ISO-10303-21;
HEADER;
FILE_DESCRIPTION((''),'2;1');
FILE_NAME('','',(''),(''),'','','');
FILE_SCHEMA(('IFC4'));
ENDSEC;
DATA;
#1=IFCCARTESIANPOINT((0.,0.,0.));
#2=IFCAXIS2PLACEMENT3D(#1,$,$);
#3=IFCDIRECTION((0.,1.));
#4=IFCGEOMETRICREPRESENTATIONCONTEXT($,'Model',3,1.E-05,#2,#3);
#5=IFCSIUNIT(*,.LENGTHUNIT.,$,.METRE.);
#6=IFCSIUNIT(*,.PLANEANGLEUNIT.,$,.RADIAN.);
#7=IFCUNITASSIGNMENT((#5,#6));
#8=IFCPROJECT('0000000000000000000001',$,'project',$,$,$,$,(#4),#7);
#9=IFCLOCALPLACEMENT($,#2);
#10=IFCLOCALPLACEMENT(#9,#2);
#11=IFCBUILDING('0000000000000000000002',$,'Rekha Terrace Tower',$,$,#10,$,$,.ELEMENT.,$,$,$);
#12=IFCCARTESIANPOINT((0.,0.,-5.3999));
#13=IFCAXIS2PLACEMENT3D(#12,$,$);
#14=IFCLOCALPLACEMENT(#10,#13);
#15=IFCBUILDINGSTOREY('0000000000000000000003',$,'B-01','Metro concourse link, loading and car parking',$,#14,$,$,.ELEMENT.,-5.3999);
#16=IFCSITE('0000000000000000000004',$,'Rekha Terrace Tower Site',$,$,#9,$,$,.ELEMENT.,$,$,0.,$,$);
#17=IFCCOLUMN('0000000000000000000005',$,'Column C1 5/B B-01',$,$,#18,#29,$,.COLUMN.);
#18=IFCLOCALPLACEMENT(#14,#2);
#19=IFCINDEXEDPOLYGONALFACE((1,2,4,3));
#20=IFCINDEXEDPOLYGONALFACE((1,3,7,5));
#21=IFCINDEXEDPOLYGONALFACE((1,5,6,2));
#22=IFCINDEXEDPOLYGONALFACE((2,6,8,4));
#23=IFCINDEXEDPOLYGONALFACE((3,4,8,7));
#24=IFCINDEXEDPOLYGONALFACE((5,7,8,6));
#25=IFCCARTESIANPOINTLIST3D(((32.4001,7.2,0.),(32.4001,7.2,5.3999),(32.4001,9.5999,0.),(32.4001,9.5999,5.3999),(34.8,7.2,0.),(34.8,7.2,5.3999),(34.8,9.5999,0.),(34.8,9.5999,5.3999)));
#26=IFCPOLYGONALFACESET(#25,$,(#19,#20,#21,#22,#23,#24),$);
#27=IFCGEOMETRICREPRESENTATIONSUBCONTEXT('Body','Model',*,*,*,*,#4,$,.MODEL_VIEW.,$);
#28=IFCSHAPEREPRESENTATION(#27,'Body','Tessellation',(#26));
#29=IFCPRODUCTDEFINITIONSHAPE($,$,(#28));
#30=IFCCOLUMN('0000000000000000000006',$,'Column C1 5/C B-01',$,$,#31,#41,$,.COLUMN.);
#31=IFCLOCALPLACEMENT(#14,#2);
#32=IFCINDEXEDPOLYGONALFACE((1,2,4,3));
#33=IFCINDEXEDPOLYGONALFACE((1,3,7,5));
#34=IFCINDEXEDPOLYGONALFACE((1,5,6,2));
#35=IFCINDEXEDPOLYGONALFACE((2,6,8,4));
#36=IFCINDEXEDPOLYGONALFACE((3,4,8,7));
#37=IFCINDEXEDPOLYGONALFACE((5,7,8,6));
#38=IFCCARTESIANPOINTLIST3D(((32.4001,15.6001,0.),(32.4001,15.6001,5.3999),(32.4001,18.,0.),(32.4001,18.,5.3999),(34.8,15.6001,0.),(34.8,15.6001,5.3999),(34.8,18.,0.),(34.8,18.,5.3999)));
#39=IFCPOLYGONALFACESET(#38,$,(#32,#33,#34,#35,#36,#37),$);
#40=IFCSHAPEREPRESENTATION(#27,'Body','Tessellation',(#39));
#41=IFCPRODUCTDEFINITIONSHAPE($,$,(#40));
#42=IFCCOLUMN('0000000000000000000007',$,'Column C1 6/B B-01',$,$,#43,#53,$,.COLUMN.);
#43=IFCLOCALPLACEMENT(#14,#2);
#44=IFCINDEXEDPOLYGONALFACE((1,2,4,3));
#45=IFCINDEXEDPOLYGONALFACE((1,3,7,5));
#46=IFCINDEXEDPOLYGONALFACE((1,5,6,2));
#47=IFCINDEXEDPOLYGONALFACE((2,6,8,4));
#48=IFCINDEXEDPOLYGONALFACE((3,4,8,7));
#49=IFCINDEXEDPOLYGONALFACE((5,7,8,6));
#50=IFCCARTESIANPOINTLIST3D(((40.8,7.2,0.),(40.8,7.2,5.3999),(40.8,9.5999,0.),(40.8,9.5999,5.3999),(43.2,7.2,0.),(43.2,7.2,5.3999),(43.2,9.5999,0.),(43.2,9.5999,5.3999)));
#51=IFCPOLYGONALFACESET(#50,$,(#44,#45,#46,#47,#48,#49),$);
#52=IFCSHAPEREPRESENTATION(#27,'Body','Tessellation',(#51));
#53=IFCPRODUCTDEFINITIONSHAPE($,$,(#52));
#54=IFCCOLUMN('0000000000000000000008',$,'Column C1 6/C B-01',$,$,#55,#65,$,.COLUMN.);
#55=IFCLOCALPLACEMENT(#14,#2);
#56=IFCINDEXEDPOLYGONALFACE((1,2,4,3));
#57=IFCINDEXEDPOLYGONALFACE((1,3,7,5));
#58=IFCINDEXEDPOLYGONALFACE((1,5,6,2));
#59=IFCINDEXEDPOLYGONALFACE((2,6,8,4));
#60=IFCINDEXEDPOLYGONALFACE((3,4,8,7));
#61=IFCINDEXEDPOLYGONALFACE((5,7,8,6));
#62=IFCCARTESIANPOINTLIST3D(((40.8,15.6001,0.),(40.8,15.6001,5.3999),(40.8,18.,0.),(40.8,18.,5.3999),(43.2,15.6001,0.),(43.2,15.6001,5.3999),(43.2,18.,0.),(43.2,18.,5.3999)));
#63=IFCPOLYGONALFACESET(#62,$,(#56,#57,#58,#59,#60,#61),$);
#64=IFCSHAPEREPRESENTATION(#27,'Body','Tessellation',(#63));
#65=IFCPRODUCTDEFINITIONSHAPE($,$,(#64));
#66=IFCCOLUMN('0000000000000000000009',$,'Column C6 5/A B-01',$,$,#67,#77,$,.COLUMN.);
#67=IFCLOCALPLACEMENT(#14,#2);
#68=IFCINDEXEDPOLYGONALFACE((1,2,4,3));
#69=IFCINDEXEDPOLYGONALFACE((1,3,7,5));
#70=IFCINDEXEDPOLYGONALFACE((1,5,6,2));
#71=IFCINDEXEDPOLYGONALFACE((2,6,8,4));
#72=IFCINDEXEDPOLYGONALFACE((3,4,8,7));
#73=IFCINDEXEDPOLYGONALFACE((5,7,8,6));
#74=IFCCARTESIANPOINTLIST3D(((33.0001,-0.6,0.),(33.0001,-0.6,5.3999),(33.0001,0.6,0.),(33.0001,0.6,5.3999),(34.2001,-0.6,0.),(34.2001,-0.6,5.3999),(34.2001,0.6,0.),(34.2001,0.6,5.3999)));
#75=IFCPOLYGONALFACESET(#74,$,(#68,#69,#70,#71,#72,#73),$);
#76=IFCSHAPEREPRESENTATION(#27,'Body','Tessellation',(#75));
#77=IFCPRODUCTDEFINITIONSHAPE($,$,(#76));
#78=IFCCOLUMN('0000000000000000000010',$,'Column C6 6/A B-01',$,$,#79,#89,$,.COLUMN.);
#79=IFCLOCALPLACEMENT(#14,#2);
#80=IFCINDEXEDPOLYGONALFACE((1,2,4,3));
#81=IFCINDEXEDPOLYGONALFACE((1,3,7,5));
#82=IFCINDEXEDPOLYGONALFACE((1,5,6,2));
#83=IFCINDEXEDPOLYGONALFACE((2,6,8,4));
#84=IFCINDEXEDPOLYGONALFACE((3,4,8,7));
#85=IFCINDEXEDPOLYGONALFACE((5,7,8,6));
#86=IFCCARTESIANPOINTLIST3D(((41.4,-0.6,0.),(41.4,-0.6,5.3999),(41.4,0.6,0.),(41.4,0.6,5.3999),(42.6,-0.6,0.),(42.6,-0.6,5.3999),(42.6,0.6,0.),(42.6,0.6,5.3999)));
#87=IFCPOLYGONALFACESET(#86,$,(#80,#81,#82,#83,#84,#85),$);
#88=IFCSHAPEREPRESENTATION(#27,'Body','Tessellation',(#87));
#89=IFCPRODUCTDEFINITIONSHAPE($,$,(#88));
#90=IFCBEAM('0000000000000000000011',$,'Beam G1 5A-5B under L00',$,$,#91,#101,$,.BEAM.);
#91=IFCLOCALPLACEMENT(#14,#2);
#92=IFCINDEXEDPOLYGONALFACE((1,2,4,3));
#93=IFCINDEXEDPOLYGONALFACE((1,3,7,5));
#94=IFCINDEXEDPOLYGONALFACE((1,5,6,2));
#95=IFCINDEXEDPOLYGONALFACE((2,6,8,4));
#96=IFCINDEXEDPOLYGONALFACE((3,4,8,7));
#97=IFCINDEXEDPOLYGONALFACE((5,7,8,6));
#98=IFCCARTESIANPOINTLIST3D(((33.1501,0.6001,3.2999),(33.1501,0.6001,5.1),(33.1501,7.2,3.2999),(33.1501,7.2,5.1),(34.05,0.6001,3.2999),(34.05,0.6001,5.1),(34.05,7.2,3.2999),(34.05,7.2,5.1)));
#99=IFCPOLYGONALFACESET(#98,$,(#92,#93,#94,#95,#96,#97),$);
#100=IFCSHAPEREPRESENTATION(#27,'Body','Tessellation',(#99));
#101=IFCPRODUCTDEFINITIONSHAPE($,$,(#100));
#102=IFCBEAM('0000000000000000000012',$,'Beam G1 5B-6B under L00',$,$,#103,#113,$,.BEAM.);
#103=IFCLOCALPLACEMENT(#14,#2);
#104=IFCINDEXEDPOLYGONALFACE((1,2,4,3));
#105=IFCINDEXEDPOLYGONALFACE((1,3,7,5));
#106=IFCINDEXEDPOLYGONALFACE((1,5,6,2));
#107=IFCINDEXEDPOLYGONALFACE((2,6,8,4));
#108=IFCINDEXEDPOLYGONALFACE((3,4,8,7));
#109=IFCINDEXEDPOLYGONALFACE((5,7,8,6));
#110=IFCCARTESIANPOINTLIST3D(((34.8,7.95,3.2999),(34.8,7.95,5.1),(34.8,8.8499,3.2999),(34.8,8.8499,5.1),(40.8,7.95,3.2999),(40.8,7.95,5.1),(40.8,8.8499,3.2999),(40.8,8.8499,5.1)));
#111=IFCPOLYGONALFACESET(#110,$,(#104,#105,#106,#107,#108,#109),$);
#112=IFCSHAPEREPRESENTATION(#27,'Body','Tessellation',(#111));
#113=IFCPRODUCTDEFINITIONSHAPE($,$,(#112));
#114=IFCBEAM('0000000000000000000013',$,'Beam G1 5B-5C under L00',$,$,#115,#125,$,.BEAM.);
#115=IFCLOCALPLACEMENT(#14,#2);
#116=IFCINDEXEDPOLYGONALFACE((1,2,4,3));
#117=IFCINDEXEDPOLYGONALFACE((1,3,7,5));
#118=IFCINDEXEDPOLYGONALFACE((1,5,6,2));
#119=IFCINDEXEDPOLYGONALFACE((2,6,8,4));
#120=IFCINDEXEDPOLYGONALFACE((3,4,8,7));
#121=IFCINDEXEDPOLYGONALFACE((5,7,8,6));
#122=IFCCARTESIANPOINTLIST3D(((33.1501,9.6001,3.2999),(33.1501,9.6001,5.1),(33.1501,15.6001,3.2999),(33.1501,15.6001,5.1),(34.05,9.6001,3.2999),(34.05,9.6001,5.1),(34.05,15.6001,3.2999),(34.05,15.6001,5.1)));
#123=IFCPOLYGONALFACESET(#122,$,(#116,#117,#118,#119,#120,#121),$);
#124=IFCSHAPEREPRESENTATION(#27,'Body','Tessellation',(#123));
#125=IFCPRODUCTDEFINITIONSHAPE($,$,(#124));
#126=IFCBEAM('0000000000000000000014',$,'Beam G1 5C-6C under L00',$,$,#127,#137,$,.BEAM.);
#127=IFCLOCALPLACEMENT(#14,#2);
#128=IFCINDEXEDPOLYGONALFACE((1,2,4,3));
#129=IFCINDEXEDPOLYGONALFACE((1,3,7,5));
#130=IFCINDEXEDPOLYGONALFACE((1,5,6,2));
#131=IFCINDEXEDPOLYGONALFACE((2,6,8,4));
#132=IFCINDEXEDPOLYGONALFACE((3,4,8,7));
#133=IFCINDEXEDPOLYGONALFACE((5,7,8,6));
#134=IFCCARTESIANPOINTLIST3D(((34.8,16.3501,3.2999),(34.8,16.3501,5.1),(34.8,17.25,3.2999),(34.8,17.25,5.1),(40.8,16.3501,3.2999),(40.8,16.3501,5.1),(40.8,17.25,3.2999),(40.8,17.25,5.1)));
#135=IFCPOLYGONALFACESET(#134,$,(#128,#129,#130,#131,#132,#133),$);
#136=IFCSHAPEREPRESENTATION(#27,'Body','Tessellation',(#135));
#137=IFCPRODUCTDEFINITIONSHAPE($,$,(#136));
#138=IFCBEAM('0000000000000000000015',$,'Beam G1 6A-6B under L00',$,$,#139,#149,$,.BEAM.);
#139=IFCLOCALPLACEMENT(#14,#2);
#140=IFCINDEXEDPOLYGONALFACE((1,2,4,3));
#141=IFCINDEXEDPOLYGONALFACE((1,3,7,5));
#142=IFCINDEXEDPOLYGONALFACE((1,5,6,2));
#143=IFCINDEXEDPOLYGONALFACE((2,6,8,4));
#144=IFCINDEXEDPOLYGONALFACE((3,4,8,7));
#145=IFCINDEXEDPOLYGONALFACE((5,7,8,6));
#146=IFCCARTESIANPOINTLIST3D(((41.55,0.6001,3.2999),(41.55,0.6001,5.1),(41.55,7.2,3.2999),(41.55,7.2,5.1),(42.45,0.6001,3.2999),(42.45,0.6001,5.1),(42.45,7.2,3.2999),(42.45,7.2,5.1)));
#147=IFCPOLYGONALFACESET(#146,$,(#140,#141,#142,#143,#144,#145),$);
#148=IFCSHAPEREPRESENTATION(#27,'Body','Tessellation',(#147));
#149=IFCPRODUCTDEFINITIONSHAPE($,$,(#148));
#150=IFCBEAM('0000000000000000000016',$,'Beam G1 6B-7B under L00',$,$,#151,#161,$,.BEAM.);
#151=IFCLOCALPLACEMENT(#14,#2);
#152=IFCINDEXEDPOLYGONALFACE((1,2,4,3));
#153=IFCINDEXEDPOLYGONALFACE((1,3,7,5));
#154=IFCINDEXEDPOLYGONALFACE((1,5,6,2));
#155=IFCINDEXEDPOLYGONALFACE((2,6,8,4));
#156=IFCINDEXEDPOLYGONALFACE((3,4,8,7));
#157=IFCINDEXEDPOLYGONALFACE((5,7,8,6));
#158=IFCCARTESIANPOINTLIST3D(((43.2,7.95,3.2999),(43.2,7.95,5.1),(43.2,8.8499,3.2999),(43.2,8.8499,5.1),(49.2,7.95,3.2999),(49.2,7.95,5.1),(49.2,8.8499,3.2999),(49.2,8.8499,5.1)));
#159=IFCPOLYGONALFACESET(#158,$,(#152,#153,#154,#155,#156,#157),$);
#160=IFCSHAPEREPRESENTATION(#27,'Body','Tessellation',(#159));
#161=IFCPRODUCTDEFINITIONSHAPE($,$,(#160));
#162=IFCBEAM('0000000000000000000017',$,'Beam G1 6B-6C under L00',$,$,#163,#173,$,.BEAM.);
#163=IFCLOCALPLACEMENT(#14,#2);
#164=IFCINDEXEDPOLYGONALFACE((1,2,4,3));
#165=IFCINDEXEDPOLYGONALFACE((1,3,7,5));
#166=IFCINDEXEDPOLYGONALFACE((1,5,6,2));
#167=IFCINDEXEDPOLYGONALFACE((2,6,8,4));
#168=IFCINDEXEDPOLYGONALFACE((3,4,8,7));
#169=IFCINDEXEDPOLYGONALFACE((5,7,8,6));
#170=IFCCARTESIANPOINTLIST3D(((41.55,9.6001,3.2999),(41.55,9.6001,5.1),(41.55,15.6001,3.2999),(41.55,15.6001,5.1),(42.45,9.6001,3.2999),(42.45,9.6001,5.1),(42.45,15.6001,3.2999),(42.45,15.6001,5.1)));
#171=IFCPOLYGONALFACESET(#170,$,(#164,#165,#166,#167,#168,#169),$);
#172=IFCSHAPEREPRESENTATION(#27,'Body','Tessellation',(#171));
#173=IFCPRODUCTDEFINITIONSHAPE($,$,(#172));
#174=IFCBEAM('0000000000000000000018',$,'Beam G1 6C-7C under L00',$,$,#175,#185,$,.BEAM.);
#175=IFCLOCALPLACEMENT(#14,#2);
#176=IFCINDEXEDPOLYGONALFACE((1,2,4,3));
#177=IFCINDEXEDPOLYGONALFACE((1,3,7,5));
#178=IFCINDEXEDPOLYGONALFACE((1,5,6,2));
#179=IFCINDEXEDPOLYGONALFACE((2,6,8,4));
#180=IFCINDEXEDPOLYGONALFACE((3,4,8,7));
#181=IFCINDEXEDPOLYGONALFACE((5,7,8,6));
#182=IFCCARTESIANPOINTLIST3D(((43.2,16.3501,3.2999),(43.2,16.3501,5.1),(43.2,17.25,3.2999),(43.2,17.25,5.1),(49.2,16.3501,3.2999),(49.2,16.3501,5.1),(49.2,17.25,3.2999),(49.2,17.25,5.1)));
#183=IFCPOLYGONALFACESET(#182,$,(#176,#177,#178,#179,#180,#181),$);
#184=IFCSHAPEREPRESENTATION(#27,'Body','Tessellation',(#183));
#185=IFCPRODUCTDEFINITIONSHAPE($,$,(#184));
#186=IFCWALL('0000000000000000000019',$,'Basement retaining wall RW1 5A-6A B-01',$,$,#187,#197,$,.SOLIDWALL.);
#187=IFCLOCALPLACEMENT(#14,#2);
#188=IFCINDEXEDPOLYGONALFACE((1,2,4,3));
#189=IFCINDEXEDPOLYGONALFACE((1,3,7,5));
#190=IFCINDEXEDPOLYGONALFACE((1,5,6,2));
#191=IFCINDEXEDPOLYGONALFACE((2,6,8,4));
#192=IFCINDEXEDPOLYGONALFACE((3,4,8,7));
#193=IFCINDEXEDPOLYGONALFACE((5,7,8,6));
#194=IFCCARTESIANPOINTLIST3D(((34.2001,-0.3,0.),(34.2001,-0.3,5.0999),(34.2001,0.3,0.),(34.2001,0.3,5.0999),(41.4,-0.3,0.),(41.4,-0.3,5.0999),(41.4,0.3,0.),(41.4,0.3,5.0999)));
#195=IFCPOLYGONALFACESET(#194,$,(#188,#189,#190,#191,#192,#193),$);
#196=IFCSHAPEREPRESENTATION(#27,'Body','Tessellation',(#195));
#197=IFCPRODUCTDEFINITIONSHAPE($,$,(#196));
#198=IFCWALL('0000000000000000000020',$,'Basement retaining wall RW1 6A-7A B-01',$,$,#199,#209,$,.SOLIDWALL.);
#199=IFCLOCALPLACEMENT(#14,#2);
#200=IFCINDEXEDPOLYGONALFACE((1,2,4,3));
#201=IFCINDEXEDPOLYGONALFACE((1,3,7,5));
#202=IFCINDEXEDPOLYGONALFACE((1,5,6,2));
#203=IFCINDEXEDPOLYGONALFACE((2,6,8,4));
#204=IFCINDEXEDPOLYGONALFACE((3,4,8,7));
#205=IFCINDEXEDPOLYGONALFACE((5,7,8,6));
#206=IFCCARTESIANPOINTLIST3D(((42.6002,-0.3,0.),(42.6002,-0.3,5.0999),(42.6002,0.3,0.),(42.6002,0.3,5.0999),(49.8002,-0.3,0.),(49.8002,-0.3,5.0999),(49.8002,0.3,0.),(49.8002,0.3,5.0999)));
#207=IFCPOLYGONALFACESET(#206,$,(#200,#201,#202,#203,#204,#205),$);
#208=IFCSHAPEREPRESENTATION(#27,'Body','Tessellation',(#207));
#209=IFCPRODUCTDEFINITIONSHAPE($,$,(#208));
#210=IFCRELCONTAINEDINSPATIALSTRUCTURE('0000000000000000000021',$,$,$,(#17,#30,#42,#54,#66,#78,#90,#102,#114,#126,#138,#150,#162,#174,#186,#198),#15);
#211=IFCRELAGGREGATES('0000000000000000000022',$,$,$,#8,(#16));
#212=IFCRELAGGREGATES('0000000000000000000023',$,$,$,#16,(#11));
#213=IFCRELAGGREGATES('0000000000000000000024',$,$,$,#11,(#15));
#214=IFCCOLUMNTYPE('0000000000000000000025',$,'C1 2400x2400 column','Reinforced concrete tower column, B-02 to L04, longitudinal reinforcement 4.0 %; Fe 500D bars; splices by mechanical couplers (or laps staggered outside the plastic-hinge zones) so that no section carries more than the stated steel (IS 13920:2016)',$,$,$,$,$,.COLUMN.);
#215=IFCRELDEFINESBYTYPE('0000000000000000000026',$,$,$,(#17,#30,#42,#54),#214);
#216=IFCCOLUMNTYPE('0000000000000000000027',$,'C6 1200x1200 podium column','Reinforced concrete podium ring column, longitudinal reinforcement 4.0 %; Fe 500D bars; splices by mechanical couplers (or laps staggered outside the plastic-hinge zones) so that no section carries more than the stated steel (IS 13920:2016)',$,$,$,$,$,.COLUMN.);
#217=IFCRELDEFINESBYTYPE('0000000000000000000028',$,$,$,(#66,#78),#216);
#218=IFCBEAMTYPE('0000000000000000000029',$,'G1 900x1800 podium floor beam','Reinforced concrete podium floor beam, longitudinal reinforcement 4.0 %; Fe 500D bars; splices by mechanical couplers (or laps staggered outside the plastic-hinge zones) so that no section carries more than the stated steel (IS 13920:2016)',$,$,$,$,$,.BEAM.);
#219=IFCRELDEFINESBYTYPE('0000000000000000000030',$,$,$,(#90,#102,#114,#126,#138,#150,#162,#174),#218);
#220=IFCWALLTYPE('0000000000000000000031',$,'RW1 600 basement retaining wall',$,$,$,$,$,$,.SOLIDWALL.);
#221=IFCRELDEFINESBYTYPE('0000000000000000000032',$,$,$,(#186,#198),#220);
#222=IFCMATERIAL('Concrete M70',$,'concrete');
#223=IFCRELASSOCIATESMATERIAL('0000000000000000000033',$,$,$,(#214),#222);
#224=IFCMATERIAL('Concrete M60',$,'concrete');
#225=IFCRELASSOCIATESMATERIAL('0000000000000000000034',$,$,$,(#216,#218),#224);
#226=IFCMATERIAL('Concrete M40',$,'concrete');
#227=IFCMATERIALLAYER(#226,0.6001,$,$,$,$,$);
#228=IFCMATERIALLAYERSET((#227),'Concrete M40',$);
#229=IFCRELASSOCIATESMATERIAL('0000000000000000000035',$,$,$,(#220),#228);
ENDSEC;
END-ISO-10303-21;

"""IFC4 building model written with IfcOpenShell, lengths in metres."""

from ifc_helpers import new_model, si_unit, direction, frame, frame_2d, origin, origin_2d, place, context, subcontext, project, spatial, rectangle, extrude, material, layer, layer_set, material_profile, profile_set, type_object, element, save


model = new_model("IFC4")

# Units and contexts
model_context = context("Model", 3, precision=1e-05, world=origin(), true_north=direction((0.0, 1.0)))
body_context = subcontext(model_context, "Body", "Model", "MODEL_VIEW")
ifc_project = project(units=[si_unit("LENGTHUNIT", "METRE"), si_unit("PLANEANGLEUNIT", "RADIAN")], contexts=[model_context])

# Site, building, storey
site_placement = place(None, origin())
site = spatial("IfcSite", under=ifc_project, at=site_placement, Name="Rekha Terrace Tower Site", CompositionType="ELEMENT", RefElevation=0.0)
building_placement = place(site_placement, origin())
building = spatial("IfcBuilding", under=site, at=building_placement, Name="Rekha Terrace Tower", CompositionType="ELEMENT")
storey_placement = place(building_placement, frame((0.0, 0.0, -5.3999)))
storey = spatial("IfcBuildingStorey", under=building, at=storey_placement, Name="B-01", Description="Metro concourse link, loading and car parking", CompositionType="ELEMENT", Elevation=-5.3999)

# Columns
ifc_material_1 = material(Name="Concrete M70", Category="concrete")
ifc_material_profile_1 = material_profile(ifc_material_1, rectangle(XDim=2.3999, YDim=2.3999, at=origin_2d()), Name="RC 2400x2400")
ifc_profile_set_1 = profile_set([ifc_material_profile_1], Name="Concrete M70")
column_type_1 = type_object("IfcColumnType", Name="C1 2400x2400 column", Description="Reinforced concrete tower column, B-02 to L04, longitudinal reinforcement 4.0 %; Fe 500D bars; splices by mechanical couplers (or laps staggered outside the plastic-hinge zones) so that no section carries more than the stated steel (IS 13920:2016)", PredefinedType="COLUMN", material=ifc_profile_set_1)
for number, where, z_axis, x_axis, name in (
    (1, (33.6001, 8.3999, 0.0), (0.0, 0.0, 1.0), (1.0, 0.0, 0.0), "Column C1 5/B B-01"),
    (2, (33.6001, 16.8, 0.0), (0.0, 0.0, 1.0), (1.0, 0.0, 0.0), "Column C1 5/C B-01"),
    (3, (42.0, 8.3999, 0.0), (0.0, 0.0, 1.0), (1.0, 0.0, 0.0), "Column C1 6/B B-01"),
    (4, (42.0, 16.8, 0.0), (0.0, 0.0, 1.0), (1.0, 0.0, 0.0), "Column C1 6/C B-01"),
):
    element("IfcColumn", number, at=place(storey_placement, frame(where, z_axis=z_axis, x_axis=x_axis)), inside=storey, type_object=column_type_1, Name=name, PredefinedType="COLUMN", context=body_context, shape_type="SweptSolid", body=[
        extrude(rectangle(XDim=2.3999, YDim=2.3999, at=origin_2d()), origin(), (0.0, 0.0, 1.0), 5.3999),
    ])
ifc_material_2 = material(Name="Concrete M60", Category="concrete")
ifc_material_profile_2 = material_profile(ifc_material_2, rectangle(XDim=1.2, YDim=1.2, at=origin_2d()), Name="RC 1200x1200")
ifc_profile_set_2 = profile_set([ifc_material_profile_2], Name="Concrete M60")
column_type_2 = type_object("IfcColumnType", Name="C6 1200x1200 podium column", Description="Reinforced concrete podium ring column, longitudinal reinforcement 4.0 %; Fe 500D bars; splices by mechanical couplers (or laps staggered outside the plastic-hinge zones) so that no section carries more than the stated steel (IS 13920:2016)", PredefinedType="COLUMN", material=ifc_profile_set_2)
for number, where, z_axis, x_axis, name in (
    (5, (33.6001, 0.0, 0.0), (0.0, 0.0, 1.0), (1.0, 0.0, 0.0), "Column C6 5/A B-01"),
    (6, (42.0, 0.0, 0.0), (0.0, 0.0, 1.0), (1.0, 0.0, 0.0), "Column C6 6/A B-01"),
):
    element("IfcColumn", number, at=place(storey_placement, frame(where, z_axis=z_axis, x_axis=x_axis)), inside=storey, type_object=column_type_2, Name=name, PredefinedType="COLUMN", context=body_context, shape_type="SweptSolid", body=[
        extrude(rectangle(XDim=1.2, YDim=1.2, at=origin_2d()), origin(), (0.0, 0.0, 1.0), 5.3999),
    ])

# Beams
ifc_material_profile_3 = material_profile(ifc_material_2, rectangle(XDim=0.8999, YDim=1.8, at=origin_2d()), Name="RC 900x1800")
ifc_profile_set_3 = profile_set([ifc_material_profile_3], Name="Concrete M60")
beam_type = type_object("IfcBeamType", Name="G1 900x1800 podium floor beam", Description="Reinforced concrete podium floor beam, longitudinal reinforcement 4.0 %; Fe 500D bars; splices by mechanical couplers (or laps staggered outside the plastic-hinge zones) so that no section carries more than the stated steel (IS 13920:2016)", PredefinedType="BEAM", material=ifc_profile_set_3)
beam_1_placement = place(storey_placement, frame((33.6001, 0.6001, 4.2), z_axis=(0.0, 1.0, 0.0), x_axis=(-1.0, 0.0, 0.0)))
element("IfcBeam", 7, at=beam_1_placement, inside=storey, type_object=beam_type, Name="Beam G1 5A-5B under L00", PredefinedType="BEAM", context=body_context, shape_type="SweptSolid", body=[
    extrude(rectangle(XDim=0.8999, YDim=1.8, at=origin_2d()), origin(), (0.0, 0.0, 1.0), 6.5999),
])
for number, where, z_axis, x_axis, name in (
    (8, (34.8, 8.3999, 4.2), (1.0, 0.0, 0.0), (0.0, 1.0, 0.0), "Beam G1 5B-6B under L00"),
    (9, (33.6001, 9.6001, 4.2), (0.0, 1.0, 0.0), (-1.0, 0.0, 0.0), "Beam G1 5B-5C under L00"),
    (10, (34.8, 16.8, 4.2), (1.0, 0.0, 0.0), (0.0, 1.0, 0.0), "Beam G1 5C-6C under L00"),
):
    element("IfcBeam", number, at=place(storey_placement, frame(where, z_axis=z_axis, x_axis=x_axis)), inside=storey, type_object=beam_type, Name=name, PredefinedType="BEAM", context=body_context, shape_type="SweptSolid", body=[
        extrude(rectangle(XDim=0.8999, YDim=1.8, at=origin_2d()), origin(), (0.0, 0.0, 1.0), 6.0),
    ])
beam_2_placement = place(storey_placement, frame((42.0, 0.6001, 4.2), z_axis=(0.0, 1.0, 0.0), x_axis=(-1.0, 0.0, 0.0)))
element("IfcBeam", 11, at=beam_2_placement, inside=storey, type_object=beam_type, Name="Beam G1 6A-6B under L00", PredefinedType="BEAM", context=body_context, shape_type="SweptSolid", body=[
    extrude(rectangle(XDim=0.8999, YDim=1.8, at=origin_2d()), origin(), (0.0, 0.0, 1.0), 6.5999),
])
for number, where, z_axis, x_axis, name in (
    (12, (43.2, 8.3999, 4.2), (1.0, 0.0, 0.0), (0.0, 1.0, 0.0), "Beam G1 6B-7B under L00"),
    (13, (42.0, 9.6001, 4.2), (0.0, 1.0, 0.0), (-1.0, 0.0, 0.0), "Beam G1 6B-6C under L00"),
    (14, (43.2, 16.8, 4.2), (1.0, 0.0, 0.0), (0.0, 1.0, 0.0), "Beam G1 6C-7C under L00"),
):
    element("IfcBeam", number, at=place(storey_placement, frame(where, z_axis=z_axis, x_axis=x_axis)), inside=storey, type_object=beam_type, Name=name, PredefinedType="BEAM", context=body_context, shape_type="SweptSolid", body=[
        extrude(rectangle(XDim=0.8999, YDim=1.8, at=origin_2d()), origin(), (0.0, 0.0, 1.0), 6.0),
    ])

# Walls
ifc_material_3 = material(Name="Concrete M40", Category="concrete")
ifc_layer_1 = layer(ifc_material_3, 0.6001)
ifc_layer_set_1 = layer_set([ifc_layer_1], Name="Concrete M40")
wall_type_1 = type_object("IfcWallType", Name="RW1 600 basement retaining wall", PredefinedType="SOLIDWALL", material=ifc_layer_set_1)
for number, where, z_axis, x_axis, name in (
    (15, (34.2, 0.0, 0.0), (0.0, 0.0, 1.0), (1.0, 0.0, 0.0), "Basement retaining wall RW1 5A-6A B-01"),
    (16, (42.6001, 0.0, 0.0), (0.0, 0.0, 1.0), (1.0, 0.0, 0.0), "Basement retaining wall RW1 6A-7A B-01"),
):
    element("IfcWall", number, at=place(storey_placement, frame(where, z_axis=z_axis, x_axis=x_axis)), inside=storey, type_object=wall_type_1, Name=name, PredefinedType="SOLIDWALL", context=body_context, shape_type="SweptSolid", body=[
        extrude(rectangle(XDim=7.2, YDim=0.6001, at=frame_2d((3.6001, 0.0))), origin(), (0.0, 0.0, 1.0), 5.0999),
    ])

save(model, "model.ifc")
